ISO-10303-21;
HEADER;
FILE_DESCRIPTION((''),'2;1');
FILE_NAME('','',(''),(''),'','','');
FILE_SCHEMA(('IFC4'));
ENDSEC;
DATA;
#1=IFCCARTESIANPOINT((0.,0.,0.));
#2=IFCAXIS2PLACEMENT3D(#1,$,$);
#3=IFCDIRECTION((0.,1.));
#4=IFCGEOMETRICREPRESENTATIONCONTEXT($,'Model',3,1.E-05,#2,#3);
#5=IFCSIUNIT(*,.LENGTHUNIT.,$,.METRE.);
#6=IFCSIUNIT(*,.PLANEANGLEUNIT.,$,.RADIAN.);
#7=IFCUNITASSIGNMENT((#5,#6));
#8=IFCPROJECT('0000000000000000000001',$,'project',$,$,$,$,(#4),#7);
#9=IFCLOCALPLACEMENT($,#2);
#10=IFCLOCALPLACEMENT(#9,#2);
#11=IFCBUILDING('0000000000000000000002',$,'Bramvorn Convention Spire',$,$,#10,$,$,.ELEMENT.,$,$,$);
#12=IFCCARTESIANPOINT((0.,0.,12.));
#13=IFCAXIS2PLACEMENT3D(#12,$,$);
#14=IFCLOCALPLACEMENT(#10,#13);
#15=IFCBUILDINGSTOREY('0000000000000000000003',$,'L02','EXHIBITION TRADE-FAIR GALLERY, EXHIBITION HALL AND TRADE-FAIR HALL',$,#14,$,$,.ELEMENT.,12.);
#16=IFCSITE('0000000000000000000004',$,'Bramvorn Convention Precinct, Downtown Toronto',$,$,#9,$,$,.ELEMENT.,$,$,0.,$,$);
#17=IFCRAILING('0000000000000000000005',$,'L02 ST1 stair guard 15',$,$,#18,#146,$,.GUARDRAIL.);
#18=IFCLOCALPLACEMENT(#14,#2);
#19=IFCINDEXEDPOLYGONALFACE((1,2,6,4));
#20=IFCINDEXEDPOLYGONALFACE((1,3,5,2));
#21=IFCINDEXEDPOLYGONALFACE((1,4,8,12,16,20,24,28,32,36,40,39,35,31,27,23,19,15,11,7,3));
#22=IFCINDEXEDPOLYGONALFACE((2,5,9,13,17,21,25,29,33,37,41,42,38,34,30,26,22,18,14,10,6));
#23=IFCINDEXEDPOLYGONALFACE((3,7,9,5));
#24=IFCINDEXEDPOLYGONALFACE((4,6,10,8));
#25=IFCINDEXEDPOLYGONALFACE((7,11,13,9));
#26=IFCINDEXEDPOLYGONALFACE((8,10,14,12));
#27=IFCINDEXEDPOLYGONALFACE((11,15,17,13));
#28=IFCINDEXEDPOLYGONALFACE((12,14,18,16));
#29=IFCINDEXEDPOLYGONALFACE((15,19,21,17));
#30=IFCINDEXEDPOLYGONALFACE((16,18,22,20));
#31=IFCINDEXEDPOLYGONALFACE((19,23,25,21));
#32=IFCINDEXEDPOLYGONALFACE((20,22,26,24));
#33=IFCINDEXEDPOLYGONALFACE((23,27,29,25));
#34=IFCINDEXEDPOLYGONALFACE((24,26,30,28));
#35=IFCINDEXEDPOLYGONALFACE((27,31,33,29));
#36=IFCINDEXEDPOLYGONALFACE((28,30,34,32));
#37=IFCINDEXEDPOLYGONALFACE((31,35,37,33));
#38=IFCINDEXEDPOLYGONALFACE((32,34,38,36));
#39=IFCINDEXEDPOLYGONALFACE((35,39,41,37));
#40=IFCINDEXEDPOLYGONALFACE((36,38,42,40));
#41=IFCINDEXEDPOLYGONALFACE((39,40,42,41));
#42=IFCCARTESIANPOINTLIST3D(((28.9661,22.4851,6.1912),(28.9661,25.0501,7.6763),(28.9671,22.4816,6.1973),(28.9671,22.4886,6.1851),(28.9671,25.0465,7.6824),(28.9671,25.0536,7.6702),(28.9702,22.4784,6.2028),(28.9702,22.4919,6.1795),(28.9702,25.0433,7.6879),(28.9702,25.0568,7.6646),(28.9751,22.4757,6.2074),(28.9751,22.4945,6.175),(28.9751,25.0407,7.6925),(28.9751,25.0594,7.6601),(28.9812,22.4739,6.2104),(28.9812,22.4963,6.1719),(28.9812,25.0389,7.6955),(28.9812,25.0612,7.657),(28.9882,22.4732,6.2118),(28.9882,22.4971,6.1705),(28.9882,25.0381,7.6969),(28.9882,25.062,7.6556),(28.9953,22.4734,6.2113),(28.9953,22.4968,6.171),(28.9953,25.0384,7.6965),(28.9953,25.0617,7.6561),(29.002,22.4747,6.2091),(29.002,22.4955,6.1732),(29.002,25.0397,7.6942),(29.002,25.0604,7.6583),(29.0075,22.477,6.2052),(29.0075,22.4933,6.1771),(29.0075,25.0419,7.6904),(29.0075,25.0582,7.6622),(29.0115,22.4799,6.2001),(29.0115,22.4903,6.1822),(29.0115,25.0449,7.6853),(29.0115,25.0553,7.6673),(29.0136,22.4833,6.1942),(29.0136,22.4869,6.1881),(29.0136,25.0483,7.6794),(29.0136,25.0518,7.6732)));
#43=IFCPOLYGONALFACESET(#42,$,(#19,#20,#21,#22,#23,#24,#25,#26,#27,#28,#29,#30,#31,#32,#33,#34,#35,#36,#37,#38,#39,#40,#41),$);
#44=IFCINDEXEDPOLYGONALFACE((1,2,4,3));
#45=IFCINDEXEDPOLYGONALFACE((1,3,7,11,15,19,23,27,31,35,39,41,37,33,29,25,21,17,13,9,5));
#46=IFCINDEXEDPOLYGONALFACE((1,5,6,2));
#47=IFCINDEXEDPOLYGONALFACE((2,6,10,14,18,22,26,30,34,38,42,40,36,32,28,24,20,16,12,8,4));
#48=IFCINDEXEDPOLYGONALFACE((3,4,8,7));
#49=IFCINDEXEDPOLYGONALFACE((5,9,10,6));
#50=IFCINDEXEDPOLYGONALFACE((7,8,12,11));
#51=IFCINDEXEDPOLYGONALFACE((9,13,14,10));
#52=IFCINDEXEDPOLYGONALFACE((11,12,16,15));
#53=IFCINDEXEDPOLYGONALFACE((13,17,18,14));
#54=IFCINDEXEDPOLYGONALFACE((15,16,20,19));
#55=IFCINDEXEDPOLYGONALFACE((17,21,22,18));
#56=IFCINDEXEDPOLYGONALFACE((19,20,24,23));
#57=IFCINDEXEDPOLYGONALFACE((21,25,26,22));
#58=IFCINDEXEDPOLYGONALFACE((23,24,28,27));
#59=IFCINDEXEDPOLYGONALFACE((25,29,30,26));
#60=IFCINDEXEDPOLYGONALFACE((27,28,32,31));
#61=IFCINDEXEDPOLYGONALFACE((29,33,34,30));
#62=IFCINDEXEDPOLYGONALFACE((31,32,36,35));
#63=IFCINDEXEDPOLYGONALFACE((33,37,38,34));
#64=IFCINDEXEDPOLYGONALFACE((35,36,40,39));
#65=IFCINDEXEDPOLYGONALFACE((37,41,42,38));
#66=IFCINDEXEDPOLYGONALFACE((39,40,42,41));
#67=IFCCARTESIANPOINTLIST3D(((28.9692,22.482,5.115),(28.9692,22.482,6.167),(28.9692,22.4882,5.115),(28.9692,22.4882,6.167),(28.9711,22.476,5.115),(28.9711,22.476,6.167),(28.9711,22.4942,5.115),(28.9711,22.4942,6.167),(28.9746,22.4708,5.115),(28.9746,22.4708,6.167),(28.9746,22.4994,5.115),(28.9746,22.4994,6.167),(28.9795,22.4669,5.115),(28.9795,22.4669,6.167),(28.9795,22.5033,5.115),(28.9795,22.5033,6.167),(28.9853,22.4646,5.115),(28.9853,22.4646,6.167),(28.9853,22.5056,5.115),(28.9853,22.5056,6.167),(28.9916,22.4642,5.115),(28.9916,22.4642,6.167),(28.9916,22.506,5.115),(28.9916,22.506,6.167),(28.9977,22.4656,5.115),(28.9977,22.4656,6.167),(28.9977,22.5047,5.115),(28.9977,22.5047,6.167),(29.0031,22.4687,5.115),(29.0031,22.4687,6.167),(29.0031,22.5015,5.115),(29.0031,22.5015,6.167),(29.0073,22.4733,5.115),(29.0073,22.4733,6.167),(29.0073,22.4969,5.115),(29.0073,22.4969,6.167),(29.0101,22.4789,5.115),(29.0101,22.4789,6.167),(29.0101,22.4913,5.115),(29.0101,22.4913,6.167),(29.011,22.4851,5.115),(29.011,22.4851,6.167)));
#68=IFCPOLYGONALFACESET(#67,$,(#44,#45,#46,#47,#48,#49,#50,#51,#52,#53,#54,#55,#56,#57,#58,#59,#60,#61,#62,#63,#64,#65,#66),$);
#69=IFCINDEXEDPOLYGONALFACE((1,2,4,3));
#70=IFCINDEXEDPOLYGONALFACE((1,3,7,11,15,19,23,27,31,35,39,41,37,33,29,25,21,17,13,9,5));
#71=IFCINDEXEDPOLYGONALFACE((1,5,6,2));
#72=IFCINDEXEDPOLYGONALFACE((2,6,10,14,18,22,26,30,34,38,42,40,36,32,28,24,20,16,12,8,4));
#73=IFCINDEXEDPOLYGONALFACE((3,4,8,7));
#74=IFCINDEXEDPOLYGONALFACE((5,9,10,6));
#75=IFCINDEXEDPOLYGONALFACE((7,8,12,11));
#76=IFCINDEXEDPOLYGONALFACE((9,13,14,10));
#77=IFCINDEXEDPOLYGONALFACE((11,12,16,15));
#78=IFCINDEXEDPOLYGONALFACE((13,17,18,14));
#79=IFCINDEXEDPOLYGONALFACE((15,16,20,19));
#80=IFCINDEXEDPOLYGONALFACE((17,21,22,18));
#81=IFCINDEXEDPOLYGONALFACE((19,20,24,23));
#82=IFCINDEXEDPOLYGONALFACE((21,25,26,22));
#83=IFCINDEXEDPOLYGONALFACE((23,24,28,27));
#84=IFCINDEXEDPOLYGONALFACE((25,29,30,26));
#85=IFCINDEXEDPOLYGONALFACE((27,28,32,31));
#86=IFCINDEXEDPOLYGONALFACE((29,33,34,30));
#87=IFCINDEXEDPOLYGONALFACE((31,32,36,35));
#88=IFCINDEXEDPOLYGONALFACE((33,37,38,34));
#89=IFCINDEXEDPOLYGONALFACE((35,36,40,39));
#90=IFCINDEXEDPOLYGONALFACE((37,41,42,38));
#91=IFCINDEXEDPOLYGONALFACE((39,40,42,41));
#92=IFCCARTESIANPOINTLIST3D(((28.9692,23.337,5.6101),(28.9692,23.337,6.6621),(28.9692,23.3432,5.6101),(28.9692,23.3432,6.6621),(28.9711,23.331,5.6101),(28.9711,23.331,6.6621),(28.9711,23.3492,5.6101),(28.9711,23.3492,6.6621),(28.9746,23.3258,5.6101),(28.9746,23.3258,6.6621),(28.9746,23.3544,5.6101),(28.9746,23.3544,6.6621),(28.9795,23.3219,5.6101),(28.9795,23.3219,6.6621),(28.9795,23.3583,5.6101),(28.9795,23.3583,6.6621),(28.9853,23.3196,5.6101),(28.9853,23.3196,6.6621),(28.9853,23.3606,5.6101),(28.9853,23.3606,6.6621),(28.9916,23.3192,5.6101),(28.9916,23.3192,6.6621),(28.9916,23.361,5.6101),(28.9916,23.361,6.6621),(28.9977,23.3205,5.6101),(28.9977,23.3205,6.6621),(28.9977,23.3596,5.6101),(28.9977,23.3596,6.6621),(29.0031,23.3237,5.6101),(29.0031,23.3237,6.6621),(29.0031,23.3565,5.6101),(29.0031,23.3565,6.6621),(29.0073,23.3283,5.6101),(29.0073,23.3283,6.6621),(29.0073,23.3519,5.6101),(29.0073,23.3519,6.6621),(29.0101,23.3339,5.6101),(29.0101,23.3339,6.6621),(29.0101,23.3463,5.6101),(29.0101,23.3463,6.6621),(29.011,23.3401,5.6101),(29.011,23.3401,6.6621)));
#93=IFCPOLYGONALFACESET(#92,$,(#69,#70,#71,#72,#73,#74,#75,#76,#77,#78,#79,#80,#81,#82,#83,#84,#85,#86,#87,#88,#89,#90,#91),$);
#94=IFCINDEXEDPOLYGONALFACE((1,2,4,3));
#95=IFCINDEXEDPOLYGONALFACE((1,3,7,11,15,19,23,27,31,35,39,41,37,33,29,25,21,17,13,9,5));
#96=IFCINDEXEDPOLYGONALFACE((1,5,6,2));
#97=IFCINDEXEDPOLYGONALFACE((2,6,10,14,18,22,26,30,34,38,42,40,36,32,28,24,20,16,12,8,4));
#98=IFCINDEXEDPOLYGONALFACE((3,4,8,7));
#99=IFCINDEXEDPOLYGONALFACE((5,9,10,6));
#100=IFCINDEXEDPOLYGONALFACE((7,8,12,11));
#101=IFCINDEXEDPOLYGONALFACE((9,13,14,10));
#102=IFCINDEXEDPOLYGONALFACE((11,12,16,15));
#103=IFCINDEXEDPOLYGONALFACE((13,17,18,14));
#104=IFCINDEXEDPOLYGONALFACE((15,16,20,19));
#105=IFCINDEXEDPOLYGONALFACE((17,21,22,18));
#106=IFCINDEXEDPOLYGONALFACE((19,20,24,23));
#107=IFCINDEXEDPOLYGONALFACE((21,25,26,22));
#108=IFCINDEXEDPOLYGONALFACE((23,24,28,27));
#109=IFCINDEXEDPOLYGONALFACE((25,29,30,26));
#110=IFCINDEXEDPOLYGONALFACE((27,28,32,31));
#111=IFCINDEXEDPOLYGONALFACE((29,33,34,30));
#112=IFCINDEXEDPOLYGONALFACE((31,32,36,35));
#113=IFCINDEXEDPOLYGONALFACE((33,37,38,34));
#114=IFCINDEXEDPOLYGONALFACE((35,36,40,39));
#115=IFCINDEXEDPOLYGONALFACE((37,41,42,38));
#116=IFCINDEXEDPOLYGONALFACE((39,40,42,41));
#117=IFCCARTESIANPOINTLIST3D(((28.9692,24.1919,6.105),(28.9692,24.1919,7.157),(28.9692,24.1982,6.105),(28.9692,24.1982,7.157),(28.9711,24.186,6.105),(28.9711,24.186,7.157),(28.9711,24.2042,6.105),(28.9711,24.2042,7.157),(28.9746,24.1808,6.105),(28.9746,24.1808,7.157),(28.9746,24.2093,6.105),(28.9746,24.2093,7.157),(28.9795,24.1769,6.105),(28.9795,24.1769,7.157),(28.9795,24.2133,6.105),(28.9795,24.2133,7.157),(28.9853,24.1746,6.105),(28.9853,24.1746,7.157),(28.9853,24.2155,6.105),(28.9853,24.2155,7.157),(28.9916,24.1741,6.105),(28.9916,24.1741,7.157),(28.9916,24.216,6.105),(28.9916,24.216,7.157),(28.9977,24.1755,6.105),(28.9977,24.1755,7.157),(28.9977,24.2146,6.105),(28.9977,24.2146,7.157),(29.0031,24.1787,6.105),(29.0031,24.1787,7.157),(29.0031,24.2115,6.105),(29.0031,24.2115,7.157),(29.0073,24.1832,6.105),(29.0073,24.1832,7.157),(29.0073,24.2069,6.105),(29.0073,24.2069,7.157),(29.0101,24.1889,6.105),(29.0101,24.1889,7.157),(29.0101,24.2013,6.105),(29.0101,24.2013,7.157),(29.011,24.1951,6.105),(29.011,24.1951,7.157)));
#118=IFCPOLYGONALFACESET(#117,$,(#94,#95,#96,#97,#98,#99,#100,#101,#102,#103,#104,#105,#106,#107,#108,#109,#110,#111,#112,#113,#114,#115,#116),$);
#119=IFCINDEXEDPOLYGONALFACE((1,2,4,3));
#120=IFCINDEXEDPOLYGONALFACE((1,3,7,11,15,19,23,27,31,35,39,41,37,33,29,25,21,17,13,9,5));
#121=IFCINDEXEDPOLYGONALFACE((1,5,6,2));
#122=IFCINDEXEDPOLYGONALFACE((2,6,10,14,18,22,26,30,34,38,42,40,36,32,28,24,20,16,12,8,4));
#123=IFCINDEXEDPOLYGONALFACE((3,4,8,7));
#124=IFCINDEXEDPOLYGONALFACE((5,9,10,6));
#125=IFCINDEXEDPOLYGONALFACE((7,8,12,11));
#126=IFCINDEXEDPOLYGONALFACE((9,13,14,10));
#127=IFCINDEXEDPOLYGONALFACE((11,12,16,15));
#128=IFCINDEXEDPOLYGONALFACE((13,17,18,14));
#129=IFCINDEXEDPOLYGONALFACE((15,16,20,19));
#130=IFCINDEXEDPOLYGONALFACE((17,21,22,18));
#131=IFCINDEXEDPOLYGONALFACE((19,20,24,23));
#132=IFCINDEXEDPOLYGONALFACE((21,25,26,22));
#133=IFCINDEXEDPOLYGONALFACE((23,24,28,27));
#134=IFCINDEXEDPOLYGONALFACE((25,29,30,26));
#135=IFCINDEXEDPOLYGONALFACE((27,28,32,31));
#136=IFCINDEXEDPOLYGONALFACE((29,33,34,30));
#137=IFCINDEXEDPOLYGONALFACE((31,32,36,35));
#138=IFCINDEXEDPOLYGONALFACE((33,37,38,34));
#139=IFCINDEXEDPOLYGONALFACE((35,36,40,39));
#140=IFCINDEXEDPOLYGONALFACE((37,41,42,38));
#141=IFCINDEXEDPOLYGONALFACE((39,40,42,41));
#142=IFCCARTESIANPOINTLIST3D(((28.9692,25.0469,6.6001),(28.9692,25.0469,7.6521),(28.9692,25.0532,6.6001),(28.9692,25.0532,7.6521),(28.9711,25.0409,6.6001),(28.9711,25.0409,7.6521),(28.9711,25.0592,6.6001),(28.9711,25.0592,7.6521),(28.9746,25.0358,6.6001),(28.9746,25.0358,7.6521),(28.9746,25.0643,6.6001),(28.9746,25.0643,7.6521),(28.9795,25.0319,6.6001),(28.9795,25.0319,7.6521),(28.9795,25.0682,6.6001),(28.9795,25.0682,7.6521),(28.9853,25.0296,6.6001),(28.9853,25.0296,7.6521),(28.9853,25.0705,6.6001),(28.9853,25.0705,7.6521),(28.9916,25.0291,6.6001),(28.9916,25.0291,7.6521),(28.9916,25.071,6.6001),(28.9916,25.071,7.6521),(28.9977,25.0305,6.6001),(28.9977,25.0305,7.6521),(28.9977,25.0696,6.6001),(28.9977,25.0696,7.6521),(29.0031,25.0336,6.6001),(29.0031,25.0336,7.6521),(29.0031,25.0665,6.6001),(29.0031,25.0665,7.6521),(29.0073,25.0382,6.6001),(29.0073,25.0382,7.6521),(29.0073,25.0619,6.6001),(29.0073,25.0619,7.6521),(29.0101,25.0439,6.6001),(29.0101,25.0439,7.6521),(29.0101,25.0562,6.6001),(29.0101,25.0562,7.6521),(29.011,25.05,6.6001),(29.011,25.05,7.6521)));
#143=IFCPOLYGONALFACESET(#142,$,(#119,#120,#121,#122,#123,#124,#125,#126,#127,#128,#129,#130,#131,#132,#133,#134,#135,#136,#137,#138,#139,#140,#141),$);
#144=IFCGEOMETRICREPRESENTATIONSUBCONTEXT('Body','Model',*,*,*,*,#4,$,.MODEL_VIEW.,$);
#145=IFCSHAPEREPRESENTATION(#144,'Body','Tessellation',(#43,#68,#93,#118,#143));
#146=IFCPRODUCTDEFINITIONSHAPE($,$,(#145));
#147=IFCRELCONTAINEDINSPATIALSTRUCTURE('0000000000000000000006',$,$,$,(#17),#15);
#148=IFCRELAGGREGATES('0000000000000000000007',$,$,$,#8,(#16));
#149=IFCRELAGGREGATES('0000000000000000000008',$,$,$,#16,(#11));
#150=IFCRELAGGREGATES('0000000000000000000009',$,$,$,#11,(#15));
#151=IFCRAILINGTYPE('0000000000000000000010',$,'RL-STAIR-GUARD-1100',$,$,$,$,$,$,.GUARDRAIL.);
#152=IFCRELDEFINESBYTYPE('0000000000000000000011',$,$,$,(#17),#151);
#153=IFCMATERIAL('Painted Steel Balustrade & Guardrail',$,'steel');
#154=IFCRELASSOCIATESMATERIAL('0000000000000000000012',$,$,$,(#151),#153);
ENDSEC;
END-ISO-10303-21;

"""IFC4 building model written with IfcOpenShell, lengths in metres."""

from ifc_helpers import new_model, si_unit, direction, frame, origin, origin_2d, place, context, subcontext, project, spatial, circle, extrude, material, type_object, element, save


model = new_model("IFC4")

# Units and contexts
model_context = context("Model", 3, precision=1e-05, world=origin(), true_north=direction((0.0, 1.0)))
body_context = subcontext(model_context, "Body", "Model", "MODEL_VIEW")
ifc_project = project(units=[si_unit("LENGTHUNIT", "METRE"), si_unit("PLANEANGLEUNIT", "RADIAN")], contexts=[model_context])

# Site, building, storey
site_placement = place(None, origin())
site = spatial("IfcSite", under=ifc_project, at=site_placement, Name="Bramvorn Convention Precinct, Downtown Toronto", CompositionType="ELEMENT", RefElevation=0.0)
building_placement = place(site_placement, origin())
building = spatial("IfcBuilding", under=site, at=building_placement, Name="Bramvorn Convention Spire", CompositionType="ELEMENT")
storey_placement = place(building_placement, frame((0.0, 0.0, 12.0)))
storey = spatial("IfcBuildingStorey", under=building, at=storey_placement, Name="L02", Description="EXHIBITION TRADE-FAIR GALLERY, EXHIBITION HALL AND TRADE-FAIR HALL", CompositionType="ELEMENT", Elevation=12.0)

# Railing
ifc_material_1 = material(Name="Painted Steel Balustrade & Guardrail", Category="steel")
railing_type = type_object("IfcRailingType", Name="RL-STAIR-GUARD-1100", PredefinedType="GUARDRAIL", material=ifc_material_1)
railing_1_placement = place(storey_placement, frame((28.99, 22.4851, 5.115)))
element("IfcRailing", 1, at=railing_1_placement, inside=storey, type_object=railing_type, Name="L02 ST1 stair guard 15", PredefinedType="GUARDRAIL", context=body_context, shape_type="SweptSolid", body=[
    extrude(circle(Radius=0.0239, at=origin_2d()), frame((0.0, 0.0, 1.0762), z_axis=(0.0, 0.865406, 0.501072), x_axis=(-1.0, 0.0, 0.0)), (0.0, 0.0, 1.0), 2.9639),
    extrude(circle(Radius=0.021, at=origin_2d()), origin(), (0.0, 0.0, 1.0), 1.052),
    extrude(circle(Radius=0.021, at=origin_2d()), frame((0.0, 0.855, 0.4951)), (0.0, 0.0, 1.0), 1.052),
    extrude(circle(Radius=0.021, at=origin_2d()), frame((0.0, 1.71, 0.99)), (0.0, 0.0, 1.0), 1.052),
    extrude(circle(Radius=0.021, at=origin_2d()), frame((0.0, 2.5649, 1.4851)), (0.0, 0.0, 1.0), 1.052),
])

save(model, "model.ifc")
